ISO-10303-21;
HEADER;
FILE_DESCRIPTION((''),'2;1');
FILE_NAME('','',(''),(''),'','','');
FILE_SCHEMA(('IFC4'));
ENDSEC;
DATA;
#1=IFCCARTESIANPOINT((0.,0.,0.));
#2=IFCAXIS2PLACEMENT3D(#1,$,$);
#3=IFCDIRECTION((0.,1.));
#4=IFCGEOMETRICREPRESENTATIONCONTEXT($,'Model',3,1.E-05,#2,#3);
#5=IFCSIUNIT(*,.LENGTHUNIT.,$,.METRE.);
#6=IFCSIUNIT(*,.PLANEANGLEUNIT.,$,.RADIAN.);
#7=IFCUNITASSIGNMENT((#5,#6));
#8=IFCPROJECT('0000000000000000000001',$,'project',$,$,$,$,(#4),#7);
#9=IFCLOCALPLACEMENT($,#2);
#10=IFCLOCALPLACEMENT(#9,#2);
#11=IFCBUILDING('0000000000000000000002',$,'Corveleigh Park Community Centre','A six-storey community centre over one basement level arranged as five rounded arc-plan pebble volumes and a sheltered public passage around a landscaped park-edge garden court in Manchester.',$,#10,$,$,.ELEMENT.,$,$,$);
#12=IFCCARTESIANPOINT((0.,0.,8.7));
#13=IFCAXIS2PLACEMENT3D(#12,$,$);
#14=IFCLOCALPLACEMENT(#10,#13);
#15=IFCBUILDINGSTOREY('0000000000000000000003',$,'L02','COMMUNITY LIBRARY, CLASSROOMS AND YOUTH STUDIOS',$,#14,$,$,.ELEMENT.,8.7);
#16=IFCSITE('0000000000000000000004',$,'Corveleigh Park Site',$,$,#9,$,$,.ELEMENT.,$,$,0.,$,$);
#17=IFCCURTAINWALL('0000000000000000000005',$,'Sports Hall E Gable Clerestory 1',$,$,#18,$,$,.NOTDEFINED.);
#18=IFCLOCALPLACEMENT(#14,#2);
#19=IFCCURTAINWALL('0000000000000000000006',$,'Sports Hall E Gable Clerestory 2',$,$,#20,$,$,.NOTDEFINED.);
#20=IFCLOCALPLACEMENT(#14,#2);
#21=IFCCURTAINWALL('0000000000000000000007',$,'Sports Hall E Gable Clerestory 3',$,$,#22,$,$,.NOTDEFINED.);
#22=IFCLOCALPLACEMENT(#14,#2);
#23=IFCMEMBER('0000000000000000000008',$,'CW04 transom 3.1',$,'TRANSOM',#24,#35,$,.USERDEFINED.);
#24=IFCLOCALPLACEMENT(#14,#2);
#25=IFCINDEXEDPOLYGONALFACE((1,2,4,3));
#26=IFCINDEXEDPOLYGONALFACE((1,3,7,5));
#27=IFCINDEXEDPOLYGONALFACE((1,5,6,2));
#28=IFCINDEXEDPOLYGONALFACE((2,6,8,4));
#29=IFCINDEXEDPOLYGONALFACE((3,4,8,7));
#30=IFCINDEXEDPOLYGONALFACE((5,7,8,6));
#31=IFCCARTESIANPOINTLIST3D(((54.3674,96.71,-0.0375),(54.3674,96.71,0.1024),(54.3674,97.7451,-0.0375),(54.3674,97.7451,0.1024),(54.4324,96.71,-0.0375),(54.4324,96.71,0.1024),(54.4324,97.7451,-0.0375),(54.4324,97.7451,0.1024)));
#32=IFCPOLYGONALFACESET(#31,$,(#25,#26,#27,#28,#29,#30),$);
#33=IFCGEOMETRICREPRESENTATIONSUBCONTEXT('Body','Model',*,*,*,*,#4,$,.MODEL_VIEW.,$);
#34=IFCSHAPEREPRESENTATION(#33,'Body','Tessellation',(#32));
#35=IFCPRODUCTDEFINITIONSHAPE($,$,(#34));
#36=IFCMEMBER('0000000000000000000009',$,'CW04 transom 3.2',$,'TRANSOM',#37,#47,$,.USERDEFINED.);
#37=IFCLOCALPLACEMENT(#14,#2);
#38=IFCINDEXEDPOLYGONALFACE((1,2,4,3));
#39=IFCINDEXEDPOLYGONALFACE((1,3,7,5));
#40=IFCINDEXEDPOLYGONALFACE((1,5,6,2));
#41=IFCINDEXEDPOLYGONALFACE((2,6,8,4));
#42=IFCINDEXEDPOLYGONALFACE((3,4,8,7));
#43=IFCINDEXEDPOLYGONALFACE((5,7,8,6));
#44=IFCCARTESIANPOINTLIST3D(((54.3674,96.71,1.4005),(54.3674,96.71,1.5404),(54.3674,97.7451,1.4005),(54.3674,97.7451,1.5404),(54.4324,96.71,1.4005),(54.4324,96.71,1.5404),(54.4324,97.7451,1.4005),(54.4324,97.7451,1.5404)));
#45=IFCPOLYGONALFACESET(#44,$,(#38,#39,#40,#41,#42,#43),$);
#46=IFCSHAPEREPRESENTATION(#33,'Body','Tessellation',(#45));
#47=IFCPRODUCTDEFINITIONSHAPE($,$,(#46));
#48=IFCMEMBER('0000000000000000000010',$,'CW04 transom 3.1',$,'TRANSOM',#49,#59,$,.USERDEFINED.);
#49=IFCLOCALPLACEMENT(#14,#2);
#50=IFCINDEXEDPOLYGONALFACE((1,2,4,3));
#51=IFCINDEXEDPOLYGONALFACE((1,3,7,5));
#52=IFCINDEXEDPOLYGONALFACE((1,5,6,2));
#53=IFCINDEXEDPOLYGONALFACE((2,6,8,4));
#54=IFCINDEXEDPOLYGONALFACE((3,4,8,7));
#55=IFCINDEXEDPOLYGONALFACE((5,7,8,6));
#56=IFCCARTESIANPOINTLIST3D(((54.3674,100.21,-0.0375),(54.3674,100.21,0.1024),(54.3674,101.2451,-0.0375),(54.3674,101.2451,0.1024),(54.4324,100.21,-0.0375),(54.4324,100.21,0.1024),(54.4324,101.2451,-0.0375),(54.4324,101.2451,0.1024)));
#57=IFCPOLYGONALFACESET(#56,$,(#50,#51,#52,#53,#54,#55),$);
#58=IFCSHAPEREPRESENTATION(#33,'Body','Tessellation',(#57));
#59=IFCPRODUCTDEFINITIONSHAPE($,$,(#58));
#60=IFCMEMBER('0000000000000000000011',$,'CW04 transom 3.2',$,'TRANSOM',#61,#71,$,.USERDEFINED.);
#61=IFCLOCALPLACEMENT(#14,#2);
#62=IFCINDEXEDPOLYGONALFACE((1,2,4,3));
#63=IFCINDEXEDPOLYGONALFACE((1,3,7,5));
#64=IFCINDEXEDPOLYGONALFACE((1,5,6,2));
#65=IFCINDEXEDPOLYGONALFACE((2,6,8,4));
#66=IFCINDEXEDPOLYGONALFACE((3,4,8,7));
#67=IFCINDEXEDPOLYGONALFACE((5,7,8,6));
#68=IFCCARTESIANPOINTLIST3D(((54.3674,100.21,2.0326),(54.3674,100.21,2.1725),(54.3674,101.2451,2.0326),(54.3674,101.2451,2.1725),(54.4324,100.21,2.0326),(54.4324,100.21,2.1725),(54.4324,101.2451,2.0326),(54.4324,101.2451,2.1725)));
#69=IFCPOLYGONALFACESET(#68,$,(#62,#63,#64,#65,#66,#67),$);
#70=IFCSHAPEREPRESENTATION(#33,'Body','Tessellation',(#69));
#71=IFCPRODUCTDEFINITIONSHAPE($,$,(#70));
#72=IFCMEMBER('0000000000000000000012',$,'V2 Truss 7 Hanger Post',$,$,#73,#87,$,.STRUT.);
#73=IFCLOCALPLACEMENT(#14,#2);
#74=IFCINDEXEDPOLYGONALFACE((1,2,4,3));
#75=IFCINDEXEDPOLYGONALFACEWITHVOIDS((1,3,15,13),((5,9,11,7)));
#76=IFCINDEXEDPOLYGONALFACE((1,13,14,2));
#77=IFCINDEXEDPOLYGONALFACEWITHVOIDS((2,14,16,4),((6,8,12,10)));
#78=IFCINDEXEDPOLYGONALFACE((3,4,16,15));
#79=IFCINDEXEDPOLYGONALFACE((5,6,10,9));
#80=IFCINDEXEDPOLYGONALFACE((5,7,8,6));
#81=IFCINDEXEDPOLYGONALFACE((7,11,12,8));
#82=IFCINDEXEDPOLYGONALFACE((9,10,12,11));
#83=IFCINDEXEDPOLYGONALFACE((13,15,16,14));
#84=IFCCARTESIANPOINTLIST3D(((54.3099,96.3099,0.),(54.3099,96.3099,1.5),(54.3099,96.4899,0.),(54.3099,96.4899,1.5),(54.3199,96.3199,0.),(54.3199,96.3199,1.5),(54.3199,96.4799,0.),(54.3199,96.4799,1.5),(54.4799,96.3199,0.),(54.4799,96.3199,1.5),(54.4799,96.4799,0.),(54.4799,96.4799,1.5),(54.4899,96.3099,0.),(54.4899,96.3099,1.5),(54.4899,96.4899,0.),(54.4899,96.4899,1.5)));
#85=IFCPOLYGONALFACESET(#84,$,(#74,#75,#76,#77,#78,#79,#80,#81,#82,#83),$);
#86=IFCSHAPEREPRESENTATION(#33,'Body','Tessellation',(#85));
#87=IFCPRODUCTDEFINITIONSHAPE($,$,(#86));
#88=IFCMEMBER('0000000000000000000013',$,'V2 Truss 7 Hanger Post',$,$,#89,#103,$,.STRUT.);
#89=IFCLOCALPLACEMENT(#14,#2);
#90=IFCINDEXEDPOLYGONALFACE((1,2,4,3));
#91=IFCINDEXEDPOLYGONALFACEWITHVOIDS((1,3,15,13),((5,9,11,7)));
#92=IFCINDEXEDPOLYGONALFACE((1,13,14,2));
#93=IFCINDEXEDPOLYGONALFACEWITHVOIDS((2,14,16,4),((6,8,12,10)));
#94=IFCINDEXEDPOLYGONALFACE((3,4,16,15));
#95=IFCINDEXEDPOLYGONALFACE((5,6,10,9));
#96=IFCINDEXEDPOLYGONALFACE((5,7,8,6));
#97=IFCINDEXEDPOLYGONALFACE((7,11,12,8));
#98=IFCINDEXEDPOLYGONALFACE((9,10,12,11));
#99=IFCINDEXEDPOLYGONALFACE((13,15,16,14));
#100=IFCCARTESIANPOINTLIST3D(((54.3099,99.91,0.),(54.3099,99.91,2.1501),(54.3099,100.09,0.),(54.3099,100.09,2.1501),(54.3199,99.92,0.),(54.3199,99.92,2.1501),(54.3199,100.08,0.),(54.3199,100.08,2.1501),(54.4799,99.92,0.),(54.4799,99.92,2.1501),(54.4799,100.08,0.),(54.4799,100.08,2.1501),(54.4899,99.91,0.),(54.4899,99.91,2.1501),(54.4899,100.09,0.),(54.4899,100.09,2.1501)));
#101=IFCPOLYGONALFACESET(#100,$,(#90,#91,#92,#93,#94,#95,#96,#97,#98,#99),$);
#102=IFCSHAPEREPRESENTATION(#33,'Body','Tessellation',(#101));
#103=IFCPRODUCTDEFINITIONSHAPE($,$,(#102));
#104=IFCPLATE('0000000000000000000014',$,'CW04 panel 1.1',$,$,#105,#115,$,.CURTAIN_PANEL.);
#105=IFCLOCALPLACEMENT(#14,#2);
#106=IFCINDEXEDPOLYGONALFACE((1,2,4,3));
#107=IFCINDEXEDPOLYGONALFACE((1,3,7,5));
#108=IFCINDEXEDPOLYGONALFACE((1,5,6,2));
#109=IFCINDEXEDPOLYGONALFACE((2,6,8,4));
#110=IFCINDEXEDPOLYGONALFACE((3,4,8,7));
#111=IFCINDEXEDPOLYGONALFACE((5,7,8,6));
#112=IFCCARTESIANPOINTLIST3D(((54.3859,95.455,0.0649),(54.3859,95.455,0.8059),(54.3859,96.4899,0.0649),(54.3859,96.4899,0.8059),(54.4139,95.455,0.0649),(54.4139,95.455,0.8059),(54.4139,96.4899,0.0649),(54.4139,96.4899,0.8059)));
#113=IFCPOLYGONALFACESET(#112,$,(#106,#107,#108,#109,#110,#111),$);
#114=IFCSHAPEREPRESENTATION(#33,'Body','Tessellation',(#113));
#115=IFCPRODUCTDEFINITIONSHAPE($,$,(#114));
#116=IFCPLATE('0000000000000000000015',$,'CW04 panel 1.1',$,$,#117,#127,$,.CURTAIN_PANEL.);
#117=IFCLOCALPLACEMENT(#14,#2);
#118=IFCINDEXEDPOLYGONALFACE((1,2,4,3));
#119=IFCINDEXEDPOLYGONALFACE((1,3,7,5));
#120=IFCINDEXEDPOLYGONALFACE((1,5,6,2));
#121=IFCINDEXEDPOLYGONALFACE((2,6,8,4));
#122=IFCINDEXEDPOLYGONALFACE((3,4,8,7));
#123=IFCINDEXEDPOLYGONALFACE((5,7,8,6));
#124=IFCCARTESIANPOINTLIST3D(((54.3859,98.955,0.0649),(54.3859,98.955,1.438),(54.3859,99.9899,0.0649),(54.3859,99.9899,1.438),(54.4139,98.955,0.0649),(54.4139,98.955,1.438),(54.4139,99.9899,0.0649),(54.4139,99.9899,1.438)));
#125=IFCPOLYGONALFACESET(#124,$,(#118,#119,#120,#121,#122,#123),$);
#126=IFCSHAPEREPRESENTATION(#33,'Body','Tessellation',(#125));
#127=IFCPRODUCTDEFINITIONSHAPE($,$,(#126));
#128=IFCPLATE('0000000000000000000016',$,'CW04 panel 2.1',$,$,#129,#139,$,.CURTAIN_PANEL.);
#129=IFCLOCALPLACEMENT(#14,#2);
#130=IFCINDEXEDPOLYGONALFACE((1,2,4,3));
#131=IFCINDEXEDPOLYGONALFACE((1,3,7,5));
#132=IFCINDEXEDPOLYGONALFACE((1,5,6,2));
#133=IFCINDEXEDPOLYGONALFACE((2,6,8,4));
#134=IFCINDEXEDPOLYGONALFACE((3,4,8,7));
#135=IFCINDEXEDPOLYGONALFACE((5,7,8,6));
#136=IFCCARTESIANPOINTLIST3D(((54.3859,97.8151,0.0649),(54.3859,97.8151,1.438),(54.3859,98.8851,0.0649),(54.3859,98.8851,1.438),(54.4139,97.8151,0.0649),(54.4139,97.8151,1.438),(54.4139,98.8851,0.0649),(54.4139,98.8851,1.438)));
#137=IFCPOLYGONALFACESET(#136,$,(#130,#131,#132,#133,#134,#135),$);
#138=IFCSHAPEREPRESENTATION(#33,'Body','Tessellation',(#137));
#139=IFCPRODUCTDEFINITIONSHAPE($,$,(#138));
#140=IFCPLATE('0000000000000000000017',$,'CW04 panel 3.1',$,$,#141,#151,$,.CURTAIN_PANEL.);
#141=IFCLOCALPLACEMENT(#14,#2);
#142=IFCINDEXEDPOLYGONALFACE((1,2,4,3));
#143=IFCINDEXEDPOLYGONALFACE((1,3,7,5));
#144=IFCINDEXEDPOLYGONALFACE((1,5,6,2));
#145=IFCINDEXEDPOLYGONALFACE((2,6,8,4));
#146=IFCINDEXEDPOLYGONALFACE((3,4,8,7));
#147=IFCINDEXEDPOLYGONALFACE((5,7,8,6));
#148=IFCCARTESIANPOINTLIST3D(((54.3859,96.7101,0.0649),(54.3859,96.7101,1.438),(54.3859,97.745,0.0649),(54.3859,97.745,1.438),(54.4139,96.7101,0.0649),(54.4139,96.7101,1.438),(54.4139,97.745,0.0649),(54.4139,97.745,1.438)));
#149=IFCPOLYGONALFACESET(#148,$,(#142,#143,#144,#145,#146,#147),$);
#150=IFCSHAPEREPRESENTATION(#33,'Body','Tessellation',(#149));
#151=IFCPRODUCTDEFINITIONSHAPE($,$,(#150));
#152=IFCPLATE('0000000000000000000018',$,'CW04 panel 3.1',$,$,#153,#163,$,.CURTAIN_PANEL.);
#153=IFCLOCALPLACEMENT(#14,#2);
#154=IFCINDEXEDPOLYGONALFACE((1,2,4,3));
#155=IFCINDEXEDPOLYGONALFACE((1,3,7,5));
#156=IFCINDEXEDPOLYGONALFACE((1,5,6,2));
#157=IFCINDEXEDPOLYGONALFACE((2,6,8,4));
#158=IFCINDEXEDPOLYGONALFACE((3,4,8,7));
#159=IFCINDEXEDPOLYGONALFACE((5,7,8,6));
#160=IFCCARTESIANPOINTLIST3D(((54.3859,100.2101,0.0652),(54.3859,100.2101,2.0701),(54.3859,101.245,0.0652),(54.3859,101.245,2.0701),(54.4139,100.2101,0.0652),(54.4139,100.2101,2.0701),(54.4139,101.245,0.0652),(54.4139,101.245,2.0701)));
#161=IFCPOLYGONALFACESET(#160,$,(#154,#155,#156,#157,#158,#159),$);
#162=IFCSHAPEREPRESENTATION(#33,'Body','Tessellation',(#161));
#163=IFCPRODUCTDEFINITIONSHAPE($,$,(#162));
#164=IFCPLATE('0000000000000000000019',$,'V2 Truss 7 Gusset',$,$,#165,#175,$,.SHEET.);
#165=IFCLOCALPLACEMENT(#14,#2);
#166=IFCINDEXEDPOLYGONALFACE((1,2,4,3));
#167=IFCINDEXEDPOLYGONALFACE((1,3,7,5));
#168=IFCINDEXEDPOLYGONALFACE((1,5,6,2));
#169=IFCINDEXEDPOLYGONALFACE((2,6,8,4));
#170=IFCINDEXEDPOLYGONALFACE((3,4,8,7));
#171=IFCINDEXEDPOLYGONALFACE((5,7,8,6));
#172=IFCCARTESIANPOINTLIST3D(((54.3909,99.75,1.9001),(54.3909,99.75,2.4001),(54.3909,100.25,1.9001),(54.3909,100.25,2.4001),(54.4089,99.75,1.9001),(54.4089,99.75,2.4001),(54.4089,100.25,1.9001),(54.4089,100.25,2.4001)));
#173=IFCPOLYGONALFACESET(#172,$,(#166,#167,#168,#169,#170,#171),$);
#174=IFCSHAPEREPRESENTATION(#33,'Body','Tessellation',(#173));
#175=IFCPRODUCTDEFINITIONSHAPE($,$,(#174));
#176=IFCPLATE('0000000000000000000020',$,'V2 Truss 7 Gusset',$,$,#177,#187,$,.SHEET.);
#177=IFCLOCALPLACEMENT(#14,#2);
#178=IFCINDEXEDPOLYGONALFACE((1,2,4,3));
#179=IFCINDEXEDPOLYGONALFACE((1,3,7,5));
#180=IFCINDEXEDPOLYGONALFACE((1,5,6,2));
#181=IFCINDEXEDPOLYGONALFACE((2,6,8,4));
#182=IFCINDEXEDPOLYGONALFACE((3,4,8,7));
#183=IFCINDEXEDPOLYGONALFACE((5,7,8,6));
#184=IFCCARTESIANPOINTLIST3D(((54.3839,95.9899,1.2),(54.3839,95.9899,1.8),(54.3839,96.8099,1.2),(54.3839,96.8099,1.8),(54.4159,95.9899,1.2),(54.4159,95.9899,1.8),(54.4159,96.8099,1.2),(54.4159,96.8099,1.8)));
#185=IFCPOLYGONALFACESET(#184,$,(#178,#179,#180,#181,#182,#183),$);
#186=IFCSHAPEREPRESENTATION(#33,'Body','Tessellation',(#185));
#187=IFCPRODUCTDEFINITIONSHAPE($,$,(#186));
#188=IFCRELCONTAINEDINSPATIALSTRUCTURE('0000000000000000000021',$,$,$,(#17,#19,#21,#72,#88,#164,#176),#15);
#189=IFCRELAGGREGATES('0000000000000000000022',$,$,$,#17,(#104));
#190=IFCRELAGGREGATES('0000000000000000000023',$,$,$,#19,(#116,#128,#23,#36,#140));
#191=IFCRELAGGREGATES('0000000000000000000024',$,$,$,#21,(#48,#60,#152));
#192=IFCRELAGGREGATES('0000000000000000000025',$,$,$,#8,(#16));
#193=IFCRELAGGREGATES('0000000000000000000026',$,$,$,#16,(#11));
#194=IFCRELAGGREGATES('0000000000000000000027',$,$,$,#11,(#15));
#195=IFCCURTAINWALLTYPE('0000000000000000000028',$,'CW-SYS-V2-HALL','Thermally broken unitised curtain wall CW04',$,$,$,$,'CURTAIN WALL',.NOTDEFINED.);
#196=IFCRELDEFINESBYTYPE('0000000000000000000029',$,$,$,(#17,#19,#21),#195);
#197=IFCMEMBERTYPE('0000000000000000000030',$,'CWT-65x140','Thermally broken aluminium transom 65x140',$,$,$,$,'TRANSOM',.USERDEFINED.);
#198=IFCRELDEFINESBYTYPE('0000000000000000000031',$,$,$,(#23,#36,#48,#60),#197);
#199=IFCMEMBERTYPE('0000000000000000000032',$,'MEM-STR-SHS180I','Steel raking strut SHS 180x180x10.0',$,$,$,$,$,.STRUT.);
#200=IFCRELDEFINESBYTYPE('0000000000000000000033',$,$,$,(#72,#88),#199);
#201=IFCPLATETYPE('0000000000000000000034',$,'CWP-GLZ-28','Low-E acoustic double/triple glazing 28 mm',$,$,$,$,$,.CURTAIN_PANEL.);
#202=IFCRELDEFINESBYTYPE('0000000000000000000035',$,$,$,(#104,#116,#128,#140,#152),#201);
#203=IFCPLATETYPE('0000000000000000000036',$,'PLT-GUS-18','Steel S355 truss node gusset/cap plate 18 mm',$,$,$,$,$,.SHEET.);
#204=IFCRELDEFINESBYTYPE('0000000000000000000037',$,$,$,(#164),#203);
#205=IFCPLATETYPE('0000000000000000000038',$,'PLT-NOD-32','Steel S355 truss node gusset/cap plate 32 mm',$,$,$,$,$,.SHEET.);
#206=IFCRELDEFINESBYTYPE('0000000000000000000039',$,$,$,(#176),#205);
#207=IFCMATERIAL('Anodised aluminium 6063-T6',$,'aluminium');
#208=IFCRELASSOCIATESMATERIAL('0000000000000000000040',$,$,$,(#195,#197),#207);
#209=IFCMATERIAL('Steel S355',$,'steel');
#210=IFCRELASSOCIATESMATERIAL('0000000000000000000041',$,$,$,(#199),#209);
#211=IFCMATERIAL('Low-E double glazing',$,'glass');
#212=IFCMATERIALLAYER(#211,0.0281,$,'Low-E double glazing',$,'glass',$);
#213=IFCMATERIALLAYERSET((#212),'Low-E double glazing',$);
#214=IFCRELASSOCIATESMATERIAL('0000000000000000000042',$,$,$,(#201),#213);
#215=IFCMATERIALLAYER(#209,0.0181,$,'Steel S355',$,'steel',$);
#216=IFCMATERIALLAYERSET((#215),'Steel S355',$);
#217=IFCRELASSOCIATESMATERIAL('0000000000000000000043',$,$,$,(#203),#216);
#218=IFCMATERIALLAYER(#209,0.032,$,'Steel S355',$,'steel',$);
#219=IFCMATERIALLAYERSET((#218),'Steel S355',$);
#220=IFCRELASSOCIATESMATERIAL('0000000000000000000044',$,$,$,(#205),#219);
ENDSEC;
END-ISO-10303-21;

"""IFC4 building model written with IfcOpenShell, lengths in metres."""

from ifc_helpers import new_model, si_unit, direction, frame, origin, origin_2d, place, context, subcontext, project, spatial, rectangle, hollow_rectangle, extrude, material, layer, layer_set, material_profile, profile_set, type_object, element, aggregate, save


model = new_model("IFC4")

# Units and contexts
model_context = context("Model", 3, precision=1e-05, world=origin(), true_north=direction((0.0, 1.0)))
body_context = subcontext(model_context, "Body", "Model", "MODEL_VIEW")
ifc_project = project(units=[si_unit("LENGTHUNIT", "METRE"), si_unit("PLANEANGLEUNIT", "RADIAN")], contexts=[model_context])

# Site, building, storey
site_placement = place(None, origin())
site = spatial("IfcSite", under=ifc_project, at=site_placement, Name="Corveleigh Park Site", CompositionType="ELEMENT", RefElevation=0.0)
building_placement = place(site_placement, origin())
building = spatial("IfcBuilding", under=site, at=building_placement, Name="Corveleigh Park Community Centre", Description="A six-storey community centre over one basement level arranged as five rounded arc-plan pebble volumes and a sheltered public passage around a landscaped park-edge garden court in Manchester.", CompositionType="ELEMENT")
storey_placement = place(building_placement, frame((0.0, 0.0, 8.7)))
storey = spatial("IfcBuildingStorey", under=building, at=storey_placement, Name="L02", Description="COMMUNITY LIBRARY, CLASSROOMS AND YOUTH STUDIOS", CompositionType="ELEMENT", Elevation=8.7)

# Curtain walls
ifc_material_1 = material(Name="Anodised aluminium 6063-T6", Category="aluminium")
curtain_wall_type = type_object("IfcCurtainWallType", Name="CW-SYS-V2-HALL", Description="Thermally broken unitised curtain wall CW04", ElementType="CURTAIN WALL", PredefinedType="NOTDEFINED", material=ifc_material_1)
curtain_wall_1_placement = place(storey_placement, origin())
curtain_wall_1 = element("IfcCurtainWall", 1, at=curtain_wall_1_placement, inside=storey, type_object=curtain_wall_type, Name="Sports Hall E Gable Clerestory 1", PredefinedType="NOTDEFINED")
curtain_wall_2_placement = place(storey_placement, origin())
curtain_wall_2 = element("IfcCurtainWall", 2, at=curtain_wall_2_placement, inside=storey, type_object=curtain_wall_type, Name="Sports Hall E Gable Clerestory 2", PredefinedType="NOTDEFINED")

# Curtain wall
curtain_wall_3_placement = place(storey_placement, origin())
curtain_wall_3 = element("IfcCurtainWall", 3, at=curtain_wall_3_placement, inside=storey, type_object=curtain_wall_type, Name="Sports Hall E Gable Clerestory 3", PredefinedType="NOTDEFINED")

# Members
ifc_material_profile_1 = material_profile(ifc_material_1, rectangle(XDim=0.0649, YDim=0.1399, at=origin_2d()), Name="ALU-T65x140", Category="aluminium")
ifc_profile_set_1 = profile_set([ifc_material_profile_1], Name="Anodised aluminium 6063-T6")
member_type_1 = type_object("IfcMemberType", Name="CWT-65x140", Description="Thermally broken aluminium transom 65x140", ElementType="TRANSOM", PredefinedType="USERDEFINED", material=ifc_profile_set_1)
member_1_placement = place(storey_placement, frame((54.3999, 97.7451, 0.0325), z_axis=(0.0, -1.0, 0.0), x_axis=(1.0, 0.0, 0.0)))
member_1 = element("IfcMember", 4, at=member_1_placement, type_object=member_type_1, Name="CW04 transom 3.1", ObjectType="TRANSOM", PredefinedType="USERDEFINED", context=body_context, shape_type="SweptSolid", body=[
    extrude(rectangle(XDim=0.0649, YDim=0.1399, at=origin_2d()), origin(), (0.0, 0.0, 1.0), 1.0352),
])
member_2_placement = place(storey_placement, frame((54.3999, 97.7451, 1.4705), z_axis=(0.0, -1.0, 0.0), x_axis=(1.0, 0.0, 0.0)))
member_2 = element("IfcMember", 5, at=member_2_placement, type_object=member_type_1, Name="CW04 transom 3.2", ObjectType="TRANSOM", PredefinedType="USERDEFINED", context=body_context, shape_type="SweptSolid", body=[
    extrude(rectangle(XDim=0.0649, YDim=0.1399, at=origin_2d()), origin(), (0.0, 0.0, 1.0), 1.0352),
])
member_3_placement = place(storey_placement, frame((54.3999, 101.2451, 0.0325), z_axis=(0.0, -1.0, 0.0), x_axis=(1.0, 0.0, 0.0)))
member_3 = element("IfcMember", 6, at=member_3_placement, type_object=member_type_1, Name="CW04 transom 3.1", ObjectType="TRANSOM", PredefinedType="USERDEFINED", context=body_context, shape_type="SweptSolid", body=[
    extrude(rectangle(XDim=0.0649, YDim=0.1399, at=origin_2d()), origin(), (0.0, 0.0, 1.0), 1.0352),
])
member_4_placement = place(storey_placement, frame((54.3999, 101.2451, 2.1025), z_axis=(0.0, -1.0, 0.0), x_axis=(1.0, 0.0, 0.0)))
member_4 = element("IfcMember", 7, at=member_4_placement, type_object=member_type_1, Name="CW04 transom 3.2", ObjectType="TRANSOM", PredefinedType="USERDEFINED", context=body_context, shape_type="SweptSolid", body=[
    extrude(rectangle(XDim=0.0649, YDim=0.1399, at=origin_2d()), origin(), (0.0, 0.0, 1.0), 1.0352),
])

# Members
ifc_material_2 = material(Name="Steel S355", Category="steel")
ifc_material_profile_2 = material_profile(ifc_material_2, hollow_rectangle(XDim=0.1799, YDim=0.1799, WallThickness=0.01, at=origin_2d()), Name="SHS 180x180x10.0", Category="steel")
ifc_profile_set_2 = profile_set([ifc_material_profile_2], Name="Steel S355")
member_type_2 = type_object("IfcMemberType", Name="MEM-STR-SHS180I", Description="Steel raking strut SHS 180x180x10.0", PredefinedType="STRUT", material=ifc_profile_set_2)
member_5_placement = place(storey_placement, frame((54.3999, 96.3999, 0.0), z_axis=(0.0, 0.0, 1.0), x_axis=(1.0, 0.0, 0.0)))
element("IfcMember", 8, at=member_5_placement, inside=storey, type_object=member_type_2, Name="V2 Truss 7 Hanger Post", PredefinedType="STRUT", context=body_context, shape_type="SweptSolid", body=[
    extrude(hollow_rectangle(XDim=0.1799, YDim=0.1799, WallThickness=0.01, at=origin_2d()), origin(), (0.0, 0.0, 1.0), 1.5),
])
member_6_placement = place(storey_placement, frame((54.3999, 100.0, 0.0), z_axis=(0.0, 0.0, 1.0), x_axis=(1.0, 0.0, 0.0)))
element("IfcMember", 9, at=member_6_placement, inside=storey, type_object=member_type_2, Name="V2 Truss 7 Hanger Post", PredefinedType="STRUT", context=body_context, shape_type="SweptSolid", body=[
    extrude(hollow_rectangle(XDim=0.1799, YDim=0.1799, WallThickness=0.01, at=origin_2d()), origin(), (0.0, 0.0, 1.0), 2.1501),
])

# Plates
ifc_material_3 = material(Name="Low-E double glazing", Category="glass")
ifc_layer_1 = layer(ifc_material_3, 0.0281, Name="Low-E double glazing", Category="glass")
ifc_layer_set_1 = layer_set([ifc_layer_1], Name="Low-E double glazing")
plate_type_1 = type_object("IfcPlateType", Name="CWP-GLZ-28", Description="Low-E acoustic double/triple glazing 28 mm", PredefinedType="CURTAIN_PANEL", material=ifc_layer_set_1)
plate_1_placement = place(storey_placement, frame((54.3999, 95.9724, 0.0649), z_axis=(0.0, 0.0, 1.0), x_axis=(0.0, -1.0, 0.0)))
plate_1 = element("IfcPlate", 10, at=plate_1_placement, type_object=plate_type_1, Name="CW04 panel 1.1", PredefinedType="CURTAIN_PANEL", context=body_context, shape_type="SweptSolid", body=[
    extrude(rectangle(XDim=1.0349, YDim=0.0281, at=origin_2d()), origin(), (0.0, 0.0, 1.0), 0.741),
])
aggregate(curtain_wall_1, [plate_1])
plate_2_placement = place(storey_placement, frame((54.3999, 99.4724, 0.0649), z_axis=(0.0, 0.0, 1.0), x_axis=(0.0, -1.0, 0.0)))
plate_2 = element("IfcPlate", 11, at=plate_2_placement, type_object=plate_type_1, Name="CW04 panel 1.1", PredefinedType="CURTAIN_PANEL", context=body_context, shape_type="SweptSolid", body=[
    extrude(rectangle(XDim=1.0349, YDim=0.0281, at=origin_2d()), origin(), (0.0, 0.0, 1.0), 1.373),
])
plate_3_placement = place(storey_placement, frame((54.3999, 98.3501, 0.0649), z_axis=(0.0, 0.0, 1.0), x_axis=(0.0, -1.0, 0.0)))
plate_3 = element("IfcPlate", 12, at=plate_3_placement, type_object=plate_type_1, Name="CW04 panel 2.1", PredefinedType="CURTAIN_PANEL", context=body_context, shape_type="SweptSolid", body=[
    extrude(rectangle(XDim=1.0701, YDim=0.0281, at=origin_2d()), origin(), (0.0, 0.0, 1.0), 1.373),
])
plate_4_placement = place(storey_placement, frame((54.3999, 97.2275, 0.0649), z_axis=(0.0, 0.0, 1.0), x_axis=(0.0, -1.0, 0.0)))
plate_4 = element("IfcPlate", 13, at=plate_4_placement, type_object=plate_type_1, Name="CW04 panel 3.1", PredefinedType="CURTAIN_PANEL", context=body_context, shape_type="SweptSolid", body=[
    extrude(rectangle(XDim=1.0349, YDim=0.0281, at=origin_2d()), origin(), (0.0, 0.0, 1.0), 1.373),
])
aggregate(curtain_wall_2, [plate_2, plate_3, member_1, member_2, plate_4])
plate_5_placement = place(storey_placement, frame((54.3999, 100.7275, 0.0652), z_axis=(0.0, 0.0, 1.0), x_axis=(0.0, -1.0, 0.0)))
plate_5 = element("IfcPlate", 14, at=plate_5_placement, type_object=plate_type_1, Name="CW04 panel 3.1", PredefinedType="CURTAIN_PANEL", context=body_context, shape_type="SweptSolid", body=[
    extrude(rectangle(XDim=1.0349, YDim=0.0281, at=origin_2d()), origin(), (0.0, 0.0, 1.0), 2.0049),
])
aggregate(curtain_wall_3, [member_3, member_4, plate_5])

# Plates
ifc_layer_2 = layer(ifc_material_2, 0.0181, Name="Steel S355", Category="steel")
ifc_layer_set_2 = layer_set([ifc_layer_2], Name="Steel S355")
plate_type_2 = type_object("IfcPlateType", Name="PLT-GUS-18", Description="Steel S355 truss node gusset/cap plate 18 mm", PredefinedType="SHEET", material=ifc_layer_set_2)
plate_6_placement = place(storey_placement, frame((54.3999, 100.0, 1.9001), z_axis=(0.0, 0.0, 1.0), x_axis=(0.0, 1.0, 0.0)))
element("IfcPlate", 15, at=plate_6_placement, inside=storey, type_object=plate_type_2, Name="V2 Truss 7 Gusset", PredefinedType="SHEET", context=body_context, shape_type="SweptSolid", body=[
    extrude(rectangle(XDim=0.5, YDim=0.0181, at=origin_2d()), origin(), (0.0, 0.0, 1.0), 0.5),
])
ifc_layer_3 = layer(ifc_material_2, 0.032, Name="Steel S355", Category="steel")
ifc_layer_set_3 = layer_set([ifc_layer_3], Name="Steel S355")
plate_type_3 = type_object("IfcPlateType", Name="PLT-NOD-32", Description="Steel S355 truss node gusset/cap plate 32 mm", PredefinedType="SHEET", material=ifc_layer_set_3)
plate_7_placement = place(storey_placement, frame((54.3999, 96.3999, 1.2), z_axis=(0.0, 0.0, 1.0), x_axis=(0.0, 1.0, 0.0)))
element("IfcPlate", 16, at=plate_7_placement, inside=storey, type_object=plate_type_3, Name="V2 Truss 7 Gusset", PredefinedType="SHEET", context=body_context, shape_type="SweptSolid", body=[
    extrude(rectangle(XDim=0.8201, YDim=0.032, at=origin_2d()), origin(), (0.0, 0.0, 1.0), 0.6001),
])

save(model, "model.ifc")
